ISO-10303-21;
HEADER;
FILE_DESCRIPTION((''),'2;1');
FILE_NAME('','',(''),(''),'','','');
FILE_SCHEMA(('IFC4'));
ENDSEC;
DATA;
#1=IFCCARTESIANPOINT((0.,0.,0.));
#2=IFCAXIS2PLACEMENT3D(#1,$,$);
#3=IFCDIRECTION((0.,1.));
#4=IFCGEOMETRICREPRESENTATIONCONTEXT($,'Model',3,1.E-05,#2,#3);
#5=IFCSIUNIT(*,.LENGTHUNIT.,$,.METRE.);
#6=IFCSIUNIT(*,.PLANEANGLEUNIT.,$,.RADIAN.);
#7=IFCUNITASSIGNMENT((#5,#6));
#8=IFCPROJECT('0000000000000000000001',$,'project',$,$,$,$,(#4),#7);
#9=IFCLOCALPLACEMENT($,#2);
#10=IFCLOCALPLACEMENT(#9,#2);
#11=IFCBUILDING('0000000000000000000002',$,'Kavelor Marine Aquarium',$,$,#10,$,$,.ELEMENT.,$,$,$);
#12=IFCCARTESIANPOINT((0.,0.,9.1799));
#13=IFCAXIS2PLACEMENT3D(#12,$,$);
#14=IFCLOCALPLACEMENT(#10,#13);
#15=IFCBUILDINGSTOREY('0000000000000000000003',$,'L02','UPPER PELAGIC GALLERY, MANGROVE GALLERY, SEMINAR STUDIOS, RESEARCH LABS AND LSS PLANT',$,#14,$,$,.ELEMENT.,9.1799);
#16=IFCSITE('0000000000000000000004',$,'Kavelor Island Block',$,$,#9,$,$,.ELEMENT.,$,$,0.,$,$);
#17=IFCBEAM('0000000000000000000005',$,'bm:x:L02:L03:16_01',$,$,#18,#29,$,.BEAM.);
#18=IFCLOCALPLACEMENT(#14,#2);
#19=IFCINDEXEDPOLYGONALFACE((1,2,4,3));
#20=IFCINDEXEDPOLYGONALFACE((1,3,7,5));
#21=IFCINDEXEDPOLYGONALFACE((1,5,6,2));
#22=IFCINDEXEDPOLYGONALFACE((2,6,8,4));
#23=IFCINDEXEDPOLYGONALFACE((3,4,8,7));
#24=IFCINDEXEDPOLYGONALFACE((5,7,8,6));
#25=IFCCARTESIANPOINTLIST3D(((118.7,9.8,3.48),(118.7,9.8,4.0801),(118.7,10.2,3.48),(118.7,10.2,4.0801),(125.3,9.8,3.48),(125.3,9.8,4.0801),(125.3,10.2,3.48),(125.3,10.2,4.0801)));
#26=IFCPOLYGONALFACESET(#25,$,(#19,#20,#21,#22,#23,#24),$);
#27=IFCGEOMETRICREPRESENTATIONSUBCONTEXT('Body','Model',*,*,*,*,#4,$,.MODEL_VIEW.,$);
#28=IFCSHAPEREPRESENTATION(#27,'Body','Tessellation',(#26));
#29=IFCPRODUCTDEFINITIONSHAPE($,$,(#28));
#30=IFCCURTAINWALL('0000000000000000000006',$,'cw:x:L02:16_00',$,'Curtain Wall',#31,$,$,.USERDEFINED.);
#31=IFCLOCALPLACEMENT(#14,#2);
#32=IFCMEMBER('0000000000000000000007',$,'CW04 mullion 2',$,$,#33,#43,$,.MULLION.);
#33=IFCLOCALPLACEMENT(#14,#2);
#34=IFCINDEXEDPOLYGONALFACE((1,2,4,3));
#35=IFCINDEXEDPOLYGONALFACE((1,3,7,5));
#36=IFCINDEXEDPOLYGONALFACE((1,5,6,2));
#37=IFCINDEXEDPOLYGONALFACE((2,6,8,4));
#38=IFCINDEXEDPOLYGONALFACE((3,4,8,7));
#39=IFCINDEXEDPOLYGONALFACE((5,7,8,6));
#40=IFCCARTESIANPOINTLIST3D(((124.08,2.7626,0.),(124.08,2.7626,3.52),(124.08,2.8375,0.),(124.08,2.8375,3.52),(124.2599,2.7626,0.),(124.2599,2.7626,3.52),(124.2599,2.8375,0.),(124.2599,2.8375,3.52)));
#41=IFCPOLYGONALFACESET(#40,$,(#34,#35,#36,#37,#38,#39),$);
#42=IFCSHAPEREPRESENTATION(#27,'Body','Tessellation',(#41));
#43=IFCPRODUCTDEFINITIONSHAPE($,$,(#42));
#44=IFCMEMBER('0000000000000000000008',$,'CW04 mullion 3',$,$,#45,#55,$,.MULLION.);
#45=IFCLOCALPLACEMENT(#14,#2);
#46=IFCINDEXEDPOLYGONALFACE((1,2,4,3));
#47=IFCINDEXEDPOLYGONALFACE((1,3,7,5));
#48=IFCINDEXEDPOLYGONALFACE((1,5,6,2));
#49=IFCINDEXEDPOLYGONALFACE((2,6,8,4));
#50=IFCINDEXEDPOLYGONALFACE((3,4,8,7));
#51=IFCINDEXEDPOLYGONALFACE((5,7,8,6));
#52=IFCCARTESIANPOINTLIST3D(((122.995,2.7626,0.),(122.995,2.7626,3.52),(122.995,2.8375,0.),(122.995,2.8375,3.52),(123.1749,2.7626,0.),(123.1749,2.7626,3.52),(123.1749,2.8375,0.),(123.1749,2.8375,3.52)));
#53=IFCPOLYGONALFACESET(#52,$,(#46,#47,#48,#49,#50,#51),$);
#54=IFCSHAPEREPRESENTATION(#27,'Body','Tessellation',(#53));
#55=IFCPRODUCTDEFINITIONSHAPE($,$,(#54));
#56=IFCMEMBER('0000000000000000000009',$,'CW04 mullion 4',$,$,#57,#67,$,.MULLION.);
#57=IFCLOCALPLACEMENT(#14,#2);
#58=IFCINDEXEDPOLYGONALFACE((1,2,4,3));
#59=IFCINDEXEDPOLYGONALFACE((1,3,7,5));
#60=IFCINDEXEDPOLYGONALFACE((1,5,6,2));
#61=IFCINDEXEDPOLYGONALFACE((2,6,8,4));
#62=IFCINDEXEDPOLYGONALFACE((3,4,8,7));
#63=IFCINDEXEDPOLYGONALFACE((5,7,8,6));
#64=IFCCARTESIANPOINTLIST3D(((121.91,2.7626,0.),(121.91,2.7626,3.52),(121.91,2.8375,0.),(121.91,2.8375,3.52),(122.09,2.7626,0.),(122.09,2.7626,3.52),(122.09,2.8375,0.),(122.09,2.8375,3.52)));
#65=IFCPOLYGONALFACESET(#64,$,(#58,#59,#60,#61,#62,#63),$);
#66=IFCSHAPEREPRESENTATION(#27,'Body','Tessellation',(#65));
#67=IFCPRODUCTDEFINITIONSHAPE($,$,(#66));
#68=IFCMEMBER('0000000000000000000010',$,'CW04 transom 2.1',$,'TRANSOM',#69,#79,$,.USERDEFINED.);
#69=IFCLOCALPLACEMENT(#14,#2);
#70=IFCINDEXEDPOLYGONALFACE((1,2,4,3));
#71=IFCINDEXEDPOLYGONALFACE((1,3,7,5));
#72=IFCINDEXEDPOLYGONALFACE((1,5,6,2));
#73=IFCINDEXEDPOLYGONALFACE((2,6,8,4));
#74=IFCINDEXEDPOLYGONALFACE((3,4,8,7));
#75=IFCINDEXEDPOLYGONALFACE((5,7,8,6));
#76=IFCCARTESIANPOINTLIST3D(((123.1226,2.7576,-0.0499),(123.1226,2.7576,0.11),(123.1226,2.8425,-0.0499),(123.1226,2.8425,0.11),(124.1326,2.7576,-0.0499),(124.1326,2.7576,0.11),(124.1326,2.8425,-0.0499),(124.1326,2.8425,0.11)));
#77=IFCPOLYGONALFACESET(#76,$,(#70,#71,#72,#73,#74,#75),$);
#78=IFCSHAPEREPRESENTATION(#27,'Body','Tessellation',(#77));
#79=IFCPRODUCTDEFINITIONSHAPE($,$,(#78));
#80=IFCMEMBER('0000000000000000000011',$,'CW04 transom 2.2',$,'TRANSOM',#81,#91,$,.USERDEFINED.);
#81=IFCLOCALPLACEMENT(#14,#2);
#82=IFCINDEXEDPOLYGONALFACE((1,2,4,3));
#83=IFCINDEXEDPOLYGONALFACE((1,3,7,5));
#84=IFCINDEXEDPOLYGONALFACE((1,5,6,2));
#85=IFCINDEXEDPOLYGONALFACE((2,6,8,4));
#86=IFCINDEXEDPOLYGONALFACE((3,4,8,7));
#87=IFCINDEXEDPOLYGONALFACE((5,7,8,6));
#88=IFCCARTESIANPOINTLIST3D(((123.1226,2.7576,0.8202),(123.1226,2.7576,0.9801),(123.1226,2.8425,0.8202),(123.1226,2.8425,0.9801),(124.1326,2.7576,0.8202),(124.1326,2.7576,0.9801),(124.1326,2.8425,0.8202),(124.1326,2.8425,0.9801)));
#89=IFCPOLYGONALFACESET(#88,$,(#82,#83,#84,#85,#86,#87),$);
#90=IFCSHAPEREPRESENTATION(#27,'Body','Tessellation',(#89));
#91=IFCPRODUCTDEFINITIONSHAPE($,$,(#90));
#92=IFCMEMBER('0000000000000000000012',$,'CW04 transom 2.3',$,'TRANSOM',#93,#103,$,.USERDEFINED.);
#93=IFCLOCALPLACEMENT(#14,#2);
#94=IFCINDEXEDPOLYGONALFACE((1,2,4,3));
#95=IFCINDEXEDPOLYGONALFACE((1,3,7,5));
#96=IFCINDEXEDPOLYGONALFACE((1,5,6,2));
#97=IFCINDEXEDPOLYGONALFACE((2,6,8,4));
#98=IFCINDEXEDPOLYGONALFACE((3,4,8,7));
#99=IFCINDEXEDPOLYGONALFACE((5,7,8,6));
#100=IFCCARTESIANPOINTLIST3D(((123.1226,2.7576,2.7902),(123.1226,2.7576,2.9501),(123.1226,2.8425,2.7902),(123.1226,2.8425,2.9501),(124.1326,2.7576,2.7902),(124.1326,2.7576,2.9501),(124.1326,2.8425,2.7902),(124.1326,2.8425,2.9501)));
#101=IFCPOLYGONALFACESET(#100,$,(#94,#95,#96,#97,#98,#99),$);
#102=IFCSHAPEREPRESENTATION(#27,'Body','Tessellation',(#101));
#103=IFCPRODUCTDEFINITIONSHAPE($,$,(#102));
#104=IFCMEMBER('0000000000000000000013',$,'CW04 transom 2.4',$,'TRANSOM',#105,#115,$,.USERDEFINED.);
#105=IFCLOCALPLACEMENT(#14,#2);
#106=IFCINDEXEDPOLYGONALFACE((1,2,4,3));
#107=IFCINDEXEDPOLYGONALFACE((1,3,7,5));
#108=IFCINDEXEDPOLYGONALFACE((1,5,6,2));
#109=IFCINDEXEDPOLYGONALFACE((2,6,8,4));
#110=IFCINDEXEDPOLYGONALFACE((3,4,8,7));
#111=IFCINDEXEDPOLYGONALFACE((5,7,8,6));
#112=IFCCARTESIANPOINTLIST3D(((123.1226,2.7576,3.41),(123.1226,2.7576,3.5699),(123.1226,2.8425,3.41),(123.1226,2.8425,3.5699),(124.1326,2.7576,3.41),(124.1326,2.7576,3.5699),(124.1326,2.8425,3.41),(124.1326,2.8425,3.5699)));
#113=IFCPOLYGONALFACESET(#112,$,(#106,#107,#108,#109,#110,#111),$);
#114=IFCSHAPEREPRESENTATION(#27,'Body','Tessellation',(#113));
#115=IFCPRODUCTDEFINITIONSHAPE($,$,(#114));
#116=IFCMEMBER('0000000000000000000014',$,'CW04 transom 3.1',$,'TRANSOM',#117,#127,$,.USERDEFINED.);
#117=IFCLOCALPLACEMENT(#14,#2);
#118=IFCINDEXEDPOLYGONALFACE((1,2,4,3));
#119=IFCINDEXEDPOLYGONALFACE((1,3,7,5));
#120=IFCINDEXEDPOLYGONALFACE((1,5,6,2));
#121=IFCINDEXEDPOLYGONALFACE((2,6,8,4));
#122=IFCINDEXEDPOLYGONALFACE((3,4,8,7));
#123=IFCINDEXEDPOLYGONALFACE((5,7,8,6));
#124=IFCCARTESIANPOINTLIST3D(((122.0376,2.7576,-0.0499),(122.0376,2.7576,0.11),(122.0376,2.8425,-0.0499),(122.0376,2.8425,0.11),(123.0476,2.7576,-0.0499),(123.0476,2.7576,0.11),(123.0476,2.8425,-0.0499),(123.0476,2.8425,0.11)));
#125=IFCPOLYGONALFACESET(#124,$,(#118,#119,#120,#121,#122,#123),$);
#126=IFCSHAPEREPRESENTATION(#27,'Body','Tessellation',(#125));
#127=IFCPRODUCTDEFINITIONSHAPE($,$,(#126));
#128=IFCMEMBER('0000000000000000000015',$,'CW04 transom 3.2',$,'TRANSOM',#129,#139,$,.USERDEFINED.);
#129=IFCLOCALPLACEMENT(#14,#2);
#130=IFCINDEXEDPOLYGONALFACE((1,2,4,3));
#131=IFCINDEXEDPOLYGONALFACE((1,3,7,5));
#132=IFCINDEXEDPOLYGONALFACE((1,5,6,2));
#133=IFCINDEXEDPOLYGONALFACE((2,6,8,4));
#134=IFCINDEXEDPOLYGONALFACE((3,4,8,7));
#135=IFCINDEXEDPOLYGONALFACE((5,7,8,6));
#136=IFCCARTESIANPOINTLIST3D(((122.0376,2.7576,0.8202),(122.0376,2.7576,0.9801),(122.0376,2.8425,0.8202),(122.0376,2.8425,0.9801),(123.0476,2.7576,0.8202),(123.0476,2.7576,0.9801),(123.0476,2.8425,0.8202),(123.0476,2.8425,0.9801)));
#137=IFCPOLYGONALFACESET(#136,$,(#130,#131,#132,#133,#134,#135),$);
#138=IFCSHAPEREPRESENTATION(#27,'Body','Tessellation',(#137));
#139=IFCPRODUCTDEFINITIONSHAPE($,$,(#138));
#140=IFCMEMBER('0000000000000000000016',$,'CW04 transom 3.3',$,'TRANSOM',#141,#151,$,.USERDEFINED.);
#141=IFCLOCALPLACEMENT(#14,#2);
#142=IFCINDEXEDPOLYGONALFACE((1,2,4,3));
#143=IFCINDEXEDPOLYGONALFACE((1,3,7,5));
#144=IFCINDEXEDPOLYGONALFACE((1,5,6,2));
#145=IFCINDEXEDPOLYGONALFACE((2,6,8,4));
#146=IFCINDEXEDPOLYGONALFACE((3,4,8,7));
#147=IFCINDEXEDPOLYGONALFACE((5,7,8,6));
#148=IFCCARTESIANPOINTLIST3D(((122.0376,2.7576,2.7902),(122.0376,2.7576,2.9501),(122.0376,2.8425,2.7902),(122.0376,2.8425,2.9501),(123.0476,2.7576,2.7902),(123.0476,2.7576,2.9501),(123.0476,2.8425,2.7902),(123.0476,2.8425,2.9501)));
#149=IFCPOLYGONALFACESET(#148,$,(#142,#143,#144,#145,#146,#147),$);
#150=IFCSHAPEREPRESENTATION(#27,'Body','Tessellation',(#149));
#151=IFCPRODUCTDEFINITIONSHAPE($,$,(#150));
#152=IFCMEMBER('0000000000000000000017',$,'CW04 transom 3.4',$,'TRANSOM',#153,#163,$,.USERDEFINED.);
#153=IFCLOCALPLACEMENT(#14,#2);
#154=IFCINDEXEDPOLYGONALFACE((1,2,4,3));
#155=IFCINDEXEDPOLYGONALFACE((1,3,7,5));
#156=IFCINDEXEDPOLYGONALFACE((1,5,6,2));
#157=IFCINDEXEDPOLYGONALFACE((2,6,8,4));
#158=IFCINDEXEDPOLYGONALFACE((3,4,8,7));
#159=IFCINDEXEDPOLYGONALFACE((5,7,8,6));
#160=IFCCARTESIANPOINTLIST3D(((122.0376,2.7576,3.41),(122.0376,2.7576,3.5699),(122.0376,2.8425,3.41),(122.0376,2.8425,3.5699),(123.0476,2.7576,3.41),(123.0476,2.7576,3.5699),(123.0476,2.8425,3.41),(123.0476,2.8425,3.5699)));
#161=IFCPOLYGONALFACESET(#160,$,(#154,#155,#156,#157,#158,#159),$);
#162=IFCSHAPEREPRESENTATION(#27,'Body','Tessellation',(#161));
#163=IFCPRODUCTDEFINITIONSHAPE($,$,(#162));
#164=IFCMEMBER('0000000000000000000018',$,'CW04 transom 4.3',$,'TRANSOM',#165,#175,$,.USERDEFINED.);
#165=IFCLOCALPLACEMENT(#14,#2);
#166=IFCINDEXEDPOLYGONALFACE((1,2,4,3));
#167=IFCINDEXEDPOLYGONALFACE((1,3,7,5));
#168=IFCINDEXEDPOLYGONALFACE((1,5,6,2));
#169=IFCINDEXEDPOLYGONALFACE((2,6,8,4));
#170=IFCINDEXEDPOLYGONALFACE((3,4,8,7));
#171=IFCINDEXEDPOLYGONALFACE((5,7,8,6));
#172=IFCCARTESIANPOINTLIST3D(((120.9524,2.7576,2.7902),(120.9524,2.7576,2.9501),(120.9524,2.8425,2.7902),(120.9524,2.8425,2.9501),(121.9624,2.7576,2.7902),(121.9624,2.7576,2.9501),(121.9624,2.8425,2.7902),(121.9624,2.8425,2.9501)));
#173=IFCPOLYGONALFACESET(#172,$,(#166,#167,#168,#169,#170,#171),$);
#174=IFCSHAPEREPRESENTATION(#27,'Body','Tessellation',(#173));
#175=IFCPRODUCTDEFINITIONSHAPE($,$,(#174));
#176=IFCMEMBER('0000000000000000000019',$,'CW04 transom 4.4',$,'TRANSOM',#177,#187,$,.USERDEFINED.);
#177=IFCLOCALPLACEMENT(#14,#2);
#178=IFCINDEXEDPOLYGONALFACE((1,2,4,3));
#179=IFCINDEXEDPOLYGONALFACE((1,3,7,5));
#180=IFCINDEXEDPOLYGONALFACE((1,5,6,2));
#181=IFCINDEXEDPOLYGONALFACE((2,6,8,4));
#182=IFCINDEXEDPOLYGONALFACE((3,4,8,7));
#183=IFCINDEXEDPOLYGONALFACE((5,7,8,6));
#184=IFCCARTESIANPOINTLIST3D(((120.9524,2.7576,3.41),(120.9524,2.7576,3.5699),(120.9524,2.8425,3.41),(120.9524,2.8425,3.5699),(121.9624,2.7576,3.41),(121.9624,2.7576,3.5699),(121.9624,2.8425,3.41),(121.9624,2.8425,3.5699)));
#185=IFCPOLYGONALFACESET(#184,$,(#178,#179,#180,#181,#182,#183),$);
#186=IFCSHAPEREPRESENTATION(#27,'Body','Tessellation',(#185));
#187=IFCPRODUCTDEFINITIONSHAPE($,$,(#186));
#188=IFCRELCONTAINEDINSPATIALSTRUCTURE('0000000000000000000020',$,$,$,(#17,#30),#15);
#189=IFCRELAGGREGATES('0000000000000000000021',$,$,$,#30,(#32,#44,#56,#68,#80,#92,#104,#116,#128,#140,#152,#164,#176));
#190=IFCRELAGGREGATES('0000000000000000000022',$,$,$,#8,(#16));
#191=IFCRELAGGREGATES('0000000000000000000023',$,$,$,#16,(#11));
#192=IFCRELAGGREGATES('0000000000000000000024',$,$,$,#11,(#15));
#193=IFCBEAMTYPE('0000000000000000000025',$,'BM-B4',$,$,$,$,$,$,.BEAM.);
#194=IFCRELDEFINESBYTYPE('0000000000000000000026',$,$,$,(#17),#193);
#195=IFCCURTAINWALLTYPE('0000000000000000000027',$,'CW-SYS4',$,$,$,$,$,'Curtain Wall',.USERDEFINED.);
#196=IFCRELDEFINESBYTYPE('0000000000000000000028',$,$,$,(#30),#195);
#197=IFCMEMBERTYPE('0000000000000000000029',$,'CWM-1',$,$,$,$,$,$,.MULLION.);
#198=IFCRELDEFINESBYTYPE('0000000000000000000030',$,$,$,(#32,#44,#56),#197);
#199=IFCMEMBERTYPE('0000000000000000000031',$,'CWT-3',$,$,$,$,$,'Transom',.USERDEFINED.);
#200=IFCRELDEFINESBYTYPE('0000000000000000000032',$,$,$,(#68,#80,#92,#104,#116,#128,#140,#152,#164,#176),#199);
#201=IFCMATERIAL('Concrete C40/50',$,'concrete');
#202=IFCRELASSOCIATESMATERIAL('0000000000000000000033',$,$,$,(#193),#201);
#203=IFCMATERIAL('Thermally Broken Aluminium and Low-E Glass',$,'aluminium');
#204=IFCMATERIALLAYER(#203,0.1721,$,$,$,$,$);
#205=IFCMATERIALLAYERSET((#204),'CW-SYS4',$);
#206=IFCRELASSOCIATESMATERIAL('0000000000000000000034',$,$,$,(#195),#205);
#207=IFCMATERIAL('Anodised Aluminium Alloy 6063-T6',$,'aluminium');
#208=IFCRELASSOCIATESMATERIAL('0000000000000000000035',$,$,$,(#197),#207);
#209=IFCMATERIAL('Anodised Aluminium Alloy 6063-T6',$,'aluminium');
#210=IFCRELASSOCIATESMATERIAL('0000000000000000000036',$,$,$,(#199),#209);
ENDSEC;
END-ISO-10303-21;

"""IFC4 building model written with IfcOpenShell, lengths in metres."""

from ifc_helpers import new_model, si_unit, direction, frame, origin, origin_2d, place, context, subcontext, project, spatial, rectangle, extrude, material, layer, layer_set, material_profile, profile_set, type_object, element, aggregate, save


model = new_model("IFC4")

# Units and contexts
model_context = context("Model", 3, precision=1e-05, world=origin(), true_north=direction((0.0, 1.0)))
body_context = subcontext(model_context, "Body", "Model", "MODEL_VIEW")
ifc_project = project(units=[si_unit("LENGTHUNIT", "METRE"), si_unit("PLANEANGLEUNIT", "RADIAN")], contexts=[model_context])

# Site, building, storey
site_placement = place(None, origin())
site = spatial("IfcSite", under=ifc_project, at=site_placement, Name="Kavelor Island Block", CompositionType="ELEMENT", RefElevation=0.0)
building_placement = place(site_placement, origin())
building = spatial("IfcBuilding", under=site, at=building_placement, Name="Kavelor Marine Aquarium", CompositionType="ELEMENT")
storey_placement = place(building_placement, frame((0.0, 0.0, 9.1799)))
storey = spatial("IfcBuildingStorey", under=building, at=storey_placement, Name="L02", Description="UPPER PELAGIC GALLERY, MANGROVE GALLERY, SEMINAR STUDIOS, RESEARCH LABS AND LSS PLANT", CompositionType="ELEMENT", Elevation=9.1799)

# Beam
ifc_material_1 = material(Name="Concrete C40/50", Category="concrete")
ifc_material_profile_1 = material_profile(ifc_material_1, rectangle(XDim=0.3999, YDim=0.6001, at=origin_2d()), Name="RC-BM 400x600")
ifc_profile_set_1 = profile_set([ifc_material_profile_1], Name="Concrete C40/50")
beam_type = type_object("IfcBeamType", Name="BM-B4", PredefinedType="BEAM", material=ifc_profile_set_1)
beam_placement = place(storey_placement, frame((118.7, 10.0, 3.78), z_axis=(1.0, 0.0, 0.0), x_axis=(0.0, 1.0, 0.0)))
element("IfcBeam", 1, at=beam_placement, inside=storey, type_object=beam_type, Name="bm:x:L02:L03:16_01", PredefinedType="BEAM", context=body_context, shape_type="SweptSolid", body=[
    extrude(rectangle(XDim=0.3999, YDim=0.6001, at=origin_2d()), origin(), (0.0, 0.0, 1.0), 6.6001),
])

# Curtain wall, members
ifc_material_2 = material(Name="Thermally Broken Aluminium and Low-E Glass", Category="aluminium")
ifc_layer_1 = layer(ifc_material_2, 0.1721)
ifc_layer_set_1 = layer_set([ifc_layer_1], Name="CW-SYS4")
curtain_wall_type = type_object("IfcCurtainWallType", Name="CW-SYS4", ElementType="Curtain Wall", PredefinedType="USERDEFINED", material=ifc_layer_set_1)
curtain_wall_placement = place(storey_placement, origin())
curtain_wall = element("IfcCurtainWall", 2, at=curtain_wall_placement, inside=storey, type_object=curtain_wall_type, Name="cw:x:L02:16_00", ObjectType="Curtain Wall", PredefinedType="USERDEFINED")
ifc_material_3 = material(Name="Anodised Aluminium Alloy 6063-T6", Category="aluminium")
ifc_material_profile_2 = material_profile(ifc_material_3, rectangle(XDim=0.075, YDim=0.1799, at=origin_2d()), Name="CW-MUL 75x180")
ifc_profile_set_2 = profile_set([ifc_material_profile_2], Name="Anodised Aluminium Alloy 6063-T6")
member_type_1 = type_object("IfcMemberType", Name="CWM-1", PredefinedType="MULLION", material=ifc_profile_set_2)
member_1_placement = place(storey_placement, frame((124.1699, 2.8, 0.0), z_axis=(0.0, 0.0, 1.0), x_axis=(0.0, -1.0, 0.0)))
member_1 = element("IfcMember", 3, at=member_1_placement, type_object=member_type_1, Name="CW04 mullion 2", PredefinedType="MULLION", context=body_context, shape_type="SweptSolid", body=[
    extrude(rectangle(XDim=0.075, YDim=0.1799, at=origin_2d()), origin(), (0.0, 0.0, 1.0), 3.52),
])
member_2_placement = place(storey_placement, frame((123.085, 2.8, 0.0), z_axis=(0.0, 0.0, 1.0), x_axis=(0.0, -1.0, 0.0)))
member_2 = element("IfcMember", 4, at=member_2_placement, type_object=member_type_1, Name="CW04 mullion 3", PredefinedType="MULLION", context=body_context, shape_type="SweptSolid", body=[
    extrude(rectangle(XDim=0.075, YDim=0.1799, at=origin_2d()), origin(), (0.0, 0.0, 1.0), 3.52),
])
member_3_placement = place(storey_placement, frame((122.0, 2.8, 0.0), z_axis=(0.0, 0.0, 1.0), x_axis=(0.0, -1.0, 0.0)))
member_3 = element("IfcMember", 5, at=member_3_placement, type_object=member_type_1, Name="CW04 mullion 4", PredefinedType="MULLION", context=body_context, shape_type="SweptSolid", body=[
    extrude(rectangle(XDim=0.075, YDim=0.1799, at=origin_2d()), origin(), (0.0, 0.0, 1.0), 3.52),
])
ifc_material_4 = material(Name="Anodised Aluminium Alloy 6063-T6", Category="aluminium")
ifc_material_profile_3 = material_profile(ifc_material_4, rectangle(XDim=0.085, YDim=0.1599, at=origin_2d()), Name="CW-TRN 85x160")
ifc_profile_set_3 = profile_set([ifc_material_profile_3], Name="Anodised Aluminium Alloy 6063-T6")
member_type_2 = type_object("IfcMemberType", Name="CWT-3", ElementType="Transom", PredefinedType="USERDEFINED", material=ifc_profile_set_3)
member_4_placement = place(storey_placement, frame((124.1326, 2.8, 0.03), z_axis=(-1.0, 0.0, 0.0), x_axis=(0.0, -1.0, 0.0)))
member_4 = element("IfcMember", 6, at=member_4_placement, type_object=member_type_2, Name="CW04 transom 2.1", ObjectType="TRANSOM", PredefinedType="USERDEFINED", context=body_context, shape_type="SweptSolid", body=[
    extrude(rectangle(XDim=0.085, YDim=0.1599, at=origin_2d()), origin(), (0.0, 0.0, 1.0), 1.01),
])
member_5_placement = place(storey_placement, frame((124.1326, 2.8, 0.9001), z_axis=(-1.0, 0.0, 0.0), x_axis=(0.0, -1.0, 0.0)))
member_5 = element("IfcMember", 7, at=member_5_placement, type_object=member_type_2, Name="CW04 transom 2.2", ObjectType="TRANSOM", PredefinedType="USERDEFINED", context=body_context, shape_type="SweptSolid", body=[
    extrude(rectangle(XDim=0.085, YDim=0.1599, at=origin_2d()), origin(), (0.0, 0.0, 1.0), 1.01),
])
member_6_placement = place(storey_placement, frame((124.1326, 2.8, 2.8701), z_axis=(-1.0, 0.0, 0.0), x_axis=(0.0, -1.0, 0.0)))
member_6 = element("IfcMember", 8, at=member_6_placement, type_object=member_type_2, Name="CW04 transom 2.3", ObjectType="TRANSOM", PredefinedType="USERDEFINED", context=body_context, shape_type="SweptSolid", body=[
    extrude(rectangle(XDim=0.085, YDim=0.1599, at=origin_2d()), origin(), (0.0, 0.0, 1.0), 1.01),
])
member_7_placement = place(storey_placement, frame((124.1326, 2.8, 3.49), z_axis=(-1.0, 0.0, 0.0), x_axis=(0.0, -1.0, 0.0)))
member_7 = element("IfcMember", 9, at=member_7_placement, type_object=member_type_2, Name="CW04 transom 2.4", ObjectType="TRANSOM", PredefinedType="USERDEFINED", context=body_context, shape_type="SweptSolid", body=[
    extrude(rectangle(XDim=0.085, YDim=0.1599, at=origin_2d()), origin(), (0.0, 0.0, 1.0), 1.01),
])
member_8_placement = place(storey_placement, frame((123.0476, 2.8, 0.03), z_axis=(-1.0, 0.0, 0.0), x_axis=(0.0, -1.0, 0.0)))
member_8 = element("IfcMember", 10, at=member_8_placement, type_object=member_type_2, Name="CW04 transom 3.1", ObjectType="TRANSOM", PredefinedType="USERDEFINED", context=body_context, shape_type="SweptSolid", body=[
    extrude(rectangle(XDim=0.085, YDim=0.1599, at=origin_2d()), origin(), (0.0, 0.0, 1.0), 1.01),
])
member_9_placement = place(storey_placement, frame((123.0476, 2.8, 0.9001), z_axis=(-1.0, 0.0, 0.0), x_axis=(0.0, -1.0, 0.0)))
member_9 = element("IfcMember", 11, at=member_9_placement, type_object=member_type_2, Name="CW04 transom 3.2", ObjectType="TRANSOM", PredefinedType="USERDEFINED", context=body_context, shape_type="SweptSolid", body=[
    extrude(rectangle(XDim=0.085, YDim=0.1599, at=origin_2d()), origin(), (0.0, 0.0, 1.0), 1.01),
])
member_10_placement = place(storey_placement, frame((123.0476, 2.8, 2.8701), z_axis=(-1.0, 0.0, 0.0), x_axis=(0.0, -1.0, 0.0)))
member_10 = element("IfcMember", 12, at=member_10_placement, type_object=member_type_2, Name="CW04 transom 3.3", ObjectType="TRANSOM", PredefinedType="USERDEFINED", context=body_context, shape_type="SweptSolid", body=[
    extrude(rectangle(XDim=0.085, YDim=0.1599, at=origin_2d()), origin(), (0.0, 0.0, 1.0), 1.01),
])
member_11_placement = place(storey_placement, frame((123.0476, 2.8, 3.49), z_axis=(-1.0, 0.0, 0.0), x_axis=(0.0, -1.0, 0.0)))
member_11 = element("IfcMember", 13, at=member_11_placement, type_object=member_type_2, Name="CW04 transom 3.4", ObjectType="TRANSOM", PredefinedType="USERDEFINED", context=body_context, shape_type="SweptSolid", body=[
    extrude(rectangle(XDim=0.085, YDim=0.1599, at=origin_2d()), origin(), (0.0, 0.0, 1.0), 1.01),
])
member_12_placement = place(storey_placement, frame((121.9624, 2.8, 2.8701), z_axis=(-1.0, 0.0, 0.0), x_axis=(0.0, -1.0, 0.0)))
member_12 = element("IfcMember", 14, at=member_12_placement, type_object=member_type_2, Name="CW04 transom 4.3", ObjectType="TRANSOM", PredefinedType="USERDEFINED", context=body_context, shape_type="SweptSolid", body=[
    extrude(rectangle(XDim=0.085, YDim=0.1599, at=origin_2d()), origin(), (0.0, 0.0, 1.0), 1.01),
])
member_13_placement = place(storey_placement, frame((121.9624, 2.8, 3.49), z_axis=(-1.0, 0.0, 0.0), x_axis=(0.0, -1.0, 0.0)))
member_13 = element("IfcMember", 15, at=member_13_placement, type_object=member_type_2, Name="CW04 transom 4.4", ObjectType="TRANSOM", PredefinedType="USERDEFINED", context=body_context, shape_type="SweptSolid", body=[
    extrude(rectangle(XDim=0.085, YDim=0.1599, at=origin_2d()), origin(), (0.0, 0.0, 1.0), 1.01),
])

aggregate(curtain_wall, [member_1, member_2, member_3, member_4, member_5, member_6, member_7, member_8, member_9, member_10, member_11, member_12, member_13])

save(model, "model.ifc")
